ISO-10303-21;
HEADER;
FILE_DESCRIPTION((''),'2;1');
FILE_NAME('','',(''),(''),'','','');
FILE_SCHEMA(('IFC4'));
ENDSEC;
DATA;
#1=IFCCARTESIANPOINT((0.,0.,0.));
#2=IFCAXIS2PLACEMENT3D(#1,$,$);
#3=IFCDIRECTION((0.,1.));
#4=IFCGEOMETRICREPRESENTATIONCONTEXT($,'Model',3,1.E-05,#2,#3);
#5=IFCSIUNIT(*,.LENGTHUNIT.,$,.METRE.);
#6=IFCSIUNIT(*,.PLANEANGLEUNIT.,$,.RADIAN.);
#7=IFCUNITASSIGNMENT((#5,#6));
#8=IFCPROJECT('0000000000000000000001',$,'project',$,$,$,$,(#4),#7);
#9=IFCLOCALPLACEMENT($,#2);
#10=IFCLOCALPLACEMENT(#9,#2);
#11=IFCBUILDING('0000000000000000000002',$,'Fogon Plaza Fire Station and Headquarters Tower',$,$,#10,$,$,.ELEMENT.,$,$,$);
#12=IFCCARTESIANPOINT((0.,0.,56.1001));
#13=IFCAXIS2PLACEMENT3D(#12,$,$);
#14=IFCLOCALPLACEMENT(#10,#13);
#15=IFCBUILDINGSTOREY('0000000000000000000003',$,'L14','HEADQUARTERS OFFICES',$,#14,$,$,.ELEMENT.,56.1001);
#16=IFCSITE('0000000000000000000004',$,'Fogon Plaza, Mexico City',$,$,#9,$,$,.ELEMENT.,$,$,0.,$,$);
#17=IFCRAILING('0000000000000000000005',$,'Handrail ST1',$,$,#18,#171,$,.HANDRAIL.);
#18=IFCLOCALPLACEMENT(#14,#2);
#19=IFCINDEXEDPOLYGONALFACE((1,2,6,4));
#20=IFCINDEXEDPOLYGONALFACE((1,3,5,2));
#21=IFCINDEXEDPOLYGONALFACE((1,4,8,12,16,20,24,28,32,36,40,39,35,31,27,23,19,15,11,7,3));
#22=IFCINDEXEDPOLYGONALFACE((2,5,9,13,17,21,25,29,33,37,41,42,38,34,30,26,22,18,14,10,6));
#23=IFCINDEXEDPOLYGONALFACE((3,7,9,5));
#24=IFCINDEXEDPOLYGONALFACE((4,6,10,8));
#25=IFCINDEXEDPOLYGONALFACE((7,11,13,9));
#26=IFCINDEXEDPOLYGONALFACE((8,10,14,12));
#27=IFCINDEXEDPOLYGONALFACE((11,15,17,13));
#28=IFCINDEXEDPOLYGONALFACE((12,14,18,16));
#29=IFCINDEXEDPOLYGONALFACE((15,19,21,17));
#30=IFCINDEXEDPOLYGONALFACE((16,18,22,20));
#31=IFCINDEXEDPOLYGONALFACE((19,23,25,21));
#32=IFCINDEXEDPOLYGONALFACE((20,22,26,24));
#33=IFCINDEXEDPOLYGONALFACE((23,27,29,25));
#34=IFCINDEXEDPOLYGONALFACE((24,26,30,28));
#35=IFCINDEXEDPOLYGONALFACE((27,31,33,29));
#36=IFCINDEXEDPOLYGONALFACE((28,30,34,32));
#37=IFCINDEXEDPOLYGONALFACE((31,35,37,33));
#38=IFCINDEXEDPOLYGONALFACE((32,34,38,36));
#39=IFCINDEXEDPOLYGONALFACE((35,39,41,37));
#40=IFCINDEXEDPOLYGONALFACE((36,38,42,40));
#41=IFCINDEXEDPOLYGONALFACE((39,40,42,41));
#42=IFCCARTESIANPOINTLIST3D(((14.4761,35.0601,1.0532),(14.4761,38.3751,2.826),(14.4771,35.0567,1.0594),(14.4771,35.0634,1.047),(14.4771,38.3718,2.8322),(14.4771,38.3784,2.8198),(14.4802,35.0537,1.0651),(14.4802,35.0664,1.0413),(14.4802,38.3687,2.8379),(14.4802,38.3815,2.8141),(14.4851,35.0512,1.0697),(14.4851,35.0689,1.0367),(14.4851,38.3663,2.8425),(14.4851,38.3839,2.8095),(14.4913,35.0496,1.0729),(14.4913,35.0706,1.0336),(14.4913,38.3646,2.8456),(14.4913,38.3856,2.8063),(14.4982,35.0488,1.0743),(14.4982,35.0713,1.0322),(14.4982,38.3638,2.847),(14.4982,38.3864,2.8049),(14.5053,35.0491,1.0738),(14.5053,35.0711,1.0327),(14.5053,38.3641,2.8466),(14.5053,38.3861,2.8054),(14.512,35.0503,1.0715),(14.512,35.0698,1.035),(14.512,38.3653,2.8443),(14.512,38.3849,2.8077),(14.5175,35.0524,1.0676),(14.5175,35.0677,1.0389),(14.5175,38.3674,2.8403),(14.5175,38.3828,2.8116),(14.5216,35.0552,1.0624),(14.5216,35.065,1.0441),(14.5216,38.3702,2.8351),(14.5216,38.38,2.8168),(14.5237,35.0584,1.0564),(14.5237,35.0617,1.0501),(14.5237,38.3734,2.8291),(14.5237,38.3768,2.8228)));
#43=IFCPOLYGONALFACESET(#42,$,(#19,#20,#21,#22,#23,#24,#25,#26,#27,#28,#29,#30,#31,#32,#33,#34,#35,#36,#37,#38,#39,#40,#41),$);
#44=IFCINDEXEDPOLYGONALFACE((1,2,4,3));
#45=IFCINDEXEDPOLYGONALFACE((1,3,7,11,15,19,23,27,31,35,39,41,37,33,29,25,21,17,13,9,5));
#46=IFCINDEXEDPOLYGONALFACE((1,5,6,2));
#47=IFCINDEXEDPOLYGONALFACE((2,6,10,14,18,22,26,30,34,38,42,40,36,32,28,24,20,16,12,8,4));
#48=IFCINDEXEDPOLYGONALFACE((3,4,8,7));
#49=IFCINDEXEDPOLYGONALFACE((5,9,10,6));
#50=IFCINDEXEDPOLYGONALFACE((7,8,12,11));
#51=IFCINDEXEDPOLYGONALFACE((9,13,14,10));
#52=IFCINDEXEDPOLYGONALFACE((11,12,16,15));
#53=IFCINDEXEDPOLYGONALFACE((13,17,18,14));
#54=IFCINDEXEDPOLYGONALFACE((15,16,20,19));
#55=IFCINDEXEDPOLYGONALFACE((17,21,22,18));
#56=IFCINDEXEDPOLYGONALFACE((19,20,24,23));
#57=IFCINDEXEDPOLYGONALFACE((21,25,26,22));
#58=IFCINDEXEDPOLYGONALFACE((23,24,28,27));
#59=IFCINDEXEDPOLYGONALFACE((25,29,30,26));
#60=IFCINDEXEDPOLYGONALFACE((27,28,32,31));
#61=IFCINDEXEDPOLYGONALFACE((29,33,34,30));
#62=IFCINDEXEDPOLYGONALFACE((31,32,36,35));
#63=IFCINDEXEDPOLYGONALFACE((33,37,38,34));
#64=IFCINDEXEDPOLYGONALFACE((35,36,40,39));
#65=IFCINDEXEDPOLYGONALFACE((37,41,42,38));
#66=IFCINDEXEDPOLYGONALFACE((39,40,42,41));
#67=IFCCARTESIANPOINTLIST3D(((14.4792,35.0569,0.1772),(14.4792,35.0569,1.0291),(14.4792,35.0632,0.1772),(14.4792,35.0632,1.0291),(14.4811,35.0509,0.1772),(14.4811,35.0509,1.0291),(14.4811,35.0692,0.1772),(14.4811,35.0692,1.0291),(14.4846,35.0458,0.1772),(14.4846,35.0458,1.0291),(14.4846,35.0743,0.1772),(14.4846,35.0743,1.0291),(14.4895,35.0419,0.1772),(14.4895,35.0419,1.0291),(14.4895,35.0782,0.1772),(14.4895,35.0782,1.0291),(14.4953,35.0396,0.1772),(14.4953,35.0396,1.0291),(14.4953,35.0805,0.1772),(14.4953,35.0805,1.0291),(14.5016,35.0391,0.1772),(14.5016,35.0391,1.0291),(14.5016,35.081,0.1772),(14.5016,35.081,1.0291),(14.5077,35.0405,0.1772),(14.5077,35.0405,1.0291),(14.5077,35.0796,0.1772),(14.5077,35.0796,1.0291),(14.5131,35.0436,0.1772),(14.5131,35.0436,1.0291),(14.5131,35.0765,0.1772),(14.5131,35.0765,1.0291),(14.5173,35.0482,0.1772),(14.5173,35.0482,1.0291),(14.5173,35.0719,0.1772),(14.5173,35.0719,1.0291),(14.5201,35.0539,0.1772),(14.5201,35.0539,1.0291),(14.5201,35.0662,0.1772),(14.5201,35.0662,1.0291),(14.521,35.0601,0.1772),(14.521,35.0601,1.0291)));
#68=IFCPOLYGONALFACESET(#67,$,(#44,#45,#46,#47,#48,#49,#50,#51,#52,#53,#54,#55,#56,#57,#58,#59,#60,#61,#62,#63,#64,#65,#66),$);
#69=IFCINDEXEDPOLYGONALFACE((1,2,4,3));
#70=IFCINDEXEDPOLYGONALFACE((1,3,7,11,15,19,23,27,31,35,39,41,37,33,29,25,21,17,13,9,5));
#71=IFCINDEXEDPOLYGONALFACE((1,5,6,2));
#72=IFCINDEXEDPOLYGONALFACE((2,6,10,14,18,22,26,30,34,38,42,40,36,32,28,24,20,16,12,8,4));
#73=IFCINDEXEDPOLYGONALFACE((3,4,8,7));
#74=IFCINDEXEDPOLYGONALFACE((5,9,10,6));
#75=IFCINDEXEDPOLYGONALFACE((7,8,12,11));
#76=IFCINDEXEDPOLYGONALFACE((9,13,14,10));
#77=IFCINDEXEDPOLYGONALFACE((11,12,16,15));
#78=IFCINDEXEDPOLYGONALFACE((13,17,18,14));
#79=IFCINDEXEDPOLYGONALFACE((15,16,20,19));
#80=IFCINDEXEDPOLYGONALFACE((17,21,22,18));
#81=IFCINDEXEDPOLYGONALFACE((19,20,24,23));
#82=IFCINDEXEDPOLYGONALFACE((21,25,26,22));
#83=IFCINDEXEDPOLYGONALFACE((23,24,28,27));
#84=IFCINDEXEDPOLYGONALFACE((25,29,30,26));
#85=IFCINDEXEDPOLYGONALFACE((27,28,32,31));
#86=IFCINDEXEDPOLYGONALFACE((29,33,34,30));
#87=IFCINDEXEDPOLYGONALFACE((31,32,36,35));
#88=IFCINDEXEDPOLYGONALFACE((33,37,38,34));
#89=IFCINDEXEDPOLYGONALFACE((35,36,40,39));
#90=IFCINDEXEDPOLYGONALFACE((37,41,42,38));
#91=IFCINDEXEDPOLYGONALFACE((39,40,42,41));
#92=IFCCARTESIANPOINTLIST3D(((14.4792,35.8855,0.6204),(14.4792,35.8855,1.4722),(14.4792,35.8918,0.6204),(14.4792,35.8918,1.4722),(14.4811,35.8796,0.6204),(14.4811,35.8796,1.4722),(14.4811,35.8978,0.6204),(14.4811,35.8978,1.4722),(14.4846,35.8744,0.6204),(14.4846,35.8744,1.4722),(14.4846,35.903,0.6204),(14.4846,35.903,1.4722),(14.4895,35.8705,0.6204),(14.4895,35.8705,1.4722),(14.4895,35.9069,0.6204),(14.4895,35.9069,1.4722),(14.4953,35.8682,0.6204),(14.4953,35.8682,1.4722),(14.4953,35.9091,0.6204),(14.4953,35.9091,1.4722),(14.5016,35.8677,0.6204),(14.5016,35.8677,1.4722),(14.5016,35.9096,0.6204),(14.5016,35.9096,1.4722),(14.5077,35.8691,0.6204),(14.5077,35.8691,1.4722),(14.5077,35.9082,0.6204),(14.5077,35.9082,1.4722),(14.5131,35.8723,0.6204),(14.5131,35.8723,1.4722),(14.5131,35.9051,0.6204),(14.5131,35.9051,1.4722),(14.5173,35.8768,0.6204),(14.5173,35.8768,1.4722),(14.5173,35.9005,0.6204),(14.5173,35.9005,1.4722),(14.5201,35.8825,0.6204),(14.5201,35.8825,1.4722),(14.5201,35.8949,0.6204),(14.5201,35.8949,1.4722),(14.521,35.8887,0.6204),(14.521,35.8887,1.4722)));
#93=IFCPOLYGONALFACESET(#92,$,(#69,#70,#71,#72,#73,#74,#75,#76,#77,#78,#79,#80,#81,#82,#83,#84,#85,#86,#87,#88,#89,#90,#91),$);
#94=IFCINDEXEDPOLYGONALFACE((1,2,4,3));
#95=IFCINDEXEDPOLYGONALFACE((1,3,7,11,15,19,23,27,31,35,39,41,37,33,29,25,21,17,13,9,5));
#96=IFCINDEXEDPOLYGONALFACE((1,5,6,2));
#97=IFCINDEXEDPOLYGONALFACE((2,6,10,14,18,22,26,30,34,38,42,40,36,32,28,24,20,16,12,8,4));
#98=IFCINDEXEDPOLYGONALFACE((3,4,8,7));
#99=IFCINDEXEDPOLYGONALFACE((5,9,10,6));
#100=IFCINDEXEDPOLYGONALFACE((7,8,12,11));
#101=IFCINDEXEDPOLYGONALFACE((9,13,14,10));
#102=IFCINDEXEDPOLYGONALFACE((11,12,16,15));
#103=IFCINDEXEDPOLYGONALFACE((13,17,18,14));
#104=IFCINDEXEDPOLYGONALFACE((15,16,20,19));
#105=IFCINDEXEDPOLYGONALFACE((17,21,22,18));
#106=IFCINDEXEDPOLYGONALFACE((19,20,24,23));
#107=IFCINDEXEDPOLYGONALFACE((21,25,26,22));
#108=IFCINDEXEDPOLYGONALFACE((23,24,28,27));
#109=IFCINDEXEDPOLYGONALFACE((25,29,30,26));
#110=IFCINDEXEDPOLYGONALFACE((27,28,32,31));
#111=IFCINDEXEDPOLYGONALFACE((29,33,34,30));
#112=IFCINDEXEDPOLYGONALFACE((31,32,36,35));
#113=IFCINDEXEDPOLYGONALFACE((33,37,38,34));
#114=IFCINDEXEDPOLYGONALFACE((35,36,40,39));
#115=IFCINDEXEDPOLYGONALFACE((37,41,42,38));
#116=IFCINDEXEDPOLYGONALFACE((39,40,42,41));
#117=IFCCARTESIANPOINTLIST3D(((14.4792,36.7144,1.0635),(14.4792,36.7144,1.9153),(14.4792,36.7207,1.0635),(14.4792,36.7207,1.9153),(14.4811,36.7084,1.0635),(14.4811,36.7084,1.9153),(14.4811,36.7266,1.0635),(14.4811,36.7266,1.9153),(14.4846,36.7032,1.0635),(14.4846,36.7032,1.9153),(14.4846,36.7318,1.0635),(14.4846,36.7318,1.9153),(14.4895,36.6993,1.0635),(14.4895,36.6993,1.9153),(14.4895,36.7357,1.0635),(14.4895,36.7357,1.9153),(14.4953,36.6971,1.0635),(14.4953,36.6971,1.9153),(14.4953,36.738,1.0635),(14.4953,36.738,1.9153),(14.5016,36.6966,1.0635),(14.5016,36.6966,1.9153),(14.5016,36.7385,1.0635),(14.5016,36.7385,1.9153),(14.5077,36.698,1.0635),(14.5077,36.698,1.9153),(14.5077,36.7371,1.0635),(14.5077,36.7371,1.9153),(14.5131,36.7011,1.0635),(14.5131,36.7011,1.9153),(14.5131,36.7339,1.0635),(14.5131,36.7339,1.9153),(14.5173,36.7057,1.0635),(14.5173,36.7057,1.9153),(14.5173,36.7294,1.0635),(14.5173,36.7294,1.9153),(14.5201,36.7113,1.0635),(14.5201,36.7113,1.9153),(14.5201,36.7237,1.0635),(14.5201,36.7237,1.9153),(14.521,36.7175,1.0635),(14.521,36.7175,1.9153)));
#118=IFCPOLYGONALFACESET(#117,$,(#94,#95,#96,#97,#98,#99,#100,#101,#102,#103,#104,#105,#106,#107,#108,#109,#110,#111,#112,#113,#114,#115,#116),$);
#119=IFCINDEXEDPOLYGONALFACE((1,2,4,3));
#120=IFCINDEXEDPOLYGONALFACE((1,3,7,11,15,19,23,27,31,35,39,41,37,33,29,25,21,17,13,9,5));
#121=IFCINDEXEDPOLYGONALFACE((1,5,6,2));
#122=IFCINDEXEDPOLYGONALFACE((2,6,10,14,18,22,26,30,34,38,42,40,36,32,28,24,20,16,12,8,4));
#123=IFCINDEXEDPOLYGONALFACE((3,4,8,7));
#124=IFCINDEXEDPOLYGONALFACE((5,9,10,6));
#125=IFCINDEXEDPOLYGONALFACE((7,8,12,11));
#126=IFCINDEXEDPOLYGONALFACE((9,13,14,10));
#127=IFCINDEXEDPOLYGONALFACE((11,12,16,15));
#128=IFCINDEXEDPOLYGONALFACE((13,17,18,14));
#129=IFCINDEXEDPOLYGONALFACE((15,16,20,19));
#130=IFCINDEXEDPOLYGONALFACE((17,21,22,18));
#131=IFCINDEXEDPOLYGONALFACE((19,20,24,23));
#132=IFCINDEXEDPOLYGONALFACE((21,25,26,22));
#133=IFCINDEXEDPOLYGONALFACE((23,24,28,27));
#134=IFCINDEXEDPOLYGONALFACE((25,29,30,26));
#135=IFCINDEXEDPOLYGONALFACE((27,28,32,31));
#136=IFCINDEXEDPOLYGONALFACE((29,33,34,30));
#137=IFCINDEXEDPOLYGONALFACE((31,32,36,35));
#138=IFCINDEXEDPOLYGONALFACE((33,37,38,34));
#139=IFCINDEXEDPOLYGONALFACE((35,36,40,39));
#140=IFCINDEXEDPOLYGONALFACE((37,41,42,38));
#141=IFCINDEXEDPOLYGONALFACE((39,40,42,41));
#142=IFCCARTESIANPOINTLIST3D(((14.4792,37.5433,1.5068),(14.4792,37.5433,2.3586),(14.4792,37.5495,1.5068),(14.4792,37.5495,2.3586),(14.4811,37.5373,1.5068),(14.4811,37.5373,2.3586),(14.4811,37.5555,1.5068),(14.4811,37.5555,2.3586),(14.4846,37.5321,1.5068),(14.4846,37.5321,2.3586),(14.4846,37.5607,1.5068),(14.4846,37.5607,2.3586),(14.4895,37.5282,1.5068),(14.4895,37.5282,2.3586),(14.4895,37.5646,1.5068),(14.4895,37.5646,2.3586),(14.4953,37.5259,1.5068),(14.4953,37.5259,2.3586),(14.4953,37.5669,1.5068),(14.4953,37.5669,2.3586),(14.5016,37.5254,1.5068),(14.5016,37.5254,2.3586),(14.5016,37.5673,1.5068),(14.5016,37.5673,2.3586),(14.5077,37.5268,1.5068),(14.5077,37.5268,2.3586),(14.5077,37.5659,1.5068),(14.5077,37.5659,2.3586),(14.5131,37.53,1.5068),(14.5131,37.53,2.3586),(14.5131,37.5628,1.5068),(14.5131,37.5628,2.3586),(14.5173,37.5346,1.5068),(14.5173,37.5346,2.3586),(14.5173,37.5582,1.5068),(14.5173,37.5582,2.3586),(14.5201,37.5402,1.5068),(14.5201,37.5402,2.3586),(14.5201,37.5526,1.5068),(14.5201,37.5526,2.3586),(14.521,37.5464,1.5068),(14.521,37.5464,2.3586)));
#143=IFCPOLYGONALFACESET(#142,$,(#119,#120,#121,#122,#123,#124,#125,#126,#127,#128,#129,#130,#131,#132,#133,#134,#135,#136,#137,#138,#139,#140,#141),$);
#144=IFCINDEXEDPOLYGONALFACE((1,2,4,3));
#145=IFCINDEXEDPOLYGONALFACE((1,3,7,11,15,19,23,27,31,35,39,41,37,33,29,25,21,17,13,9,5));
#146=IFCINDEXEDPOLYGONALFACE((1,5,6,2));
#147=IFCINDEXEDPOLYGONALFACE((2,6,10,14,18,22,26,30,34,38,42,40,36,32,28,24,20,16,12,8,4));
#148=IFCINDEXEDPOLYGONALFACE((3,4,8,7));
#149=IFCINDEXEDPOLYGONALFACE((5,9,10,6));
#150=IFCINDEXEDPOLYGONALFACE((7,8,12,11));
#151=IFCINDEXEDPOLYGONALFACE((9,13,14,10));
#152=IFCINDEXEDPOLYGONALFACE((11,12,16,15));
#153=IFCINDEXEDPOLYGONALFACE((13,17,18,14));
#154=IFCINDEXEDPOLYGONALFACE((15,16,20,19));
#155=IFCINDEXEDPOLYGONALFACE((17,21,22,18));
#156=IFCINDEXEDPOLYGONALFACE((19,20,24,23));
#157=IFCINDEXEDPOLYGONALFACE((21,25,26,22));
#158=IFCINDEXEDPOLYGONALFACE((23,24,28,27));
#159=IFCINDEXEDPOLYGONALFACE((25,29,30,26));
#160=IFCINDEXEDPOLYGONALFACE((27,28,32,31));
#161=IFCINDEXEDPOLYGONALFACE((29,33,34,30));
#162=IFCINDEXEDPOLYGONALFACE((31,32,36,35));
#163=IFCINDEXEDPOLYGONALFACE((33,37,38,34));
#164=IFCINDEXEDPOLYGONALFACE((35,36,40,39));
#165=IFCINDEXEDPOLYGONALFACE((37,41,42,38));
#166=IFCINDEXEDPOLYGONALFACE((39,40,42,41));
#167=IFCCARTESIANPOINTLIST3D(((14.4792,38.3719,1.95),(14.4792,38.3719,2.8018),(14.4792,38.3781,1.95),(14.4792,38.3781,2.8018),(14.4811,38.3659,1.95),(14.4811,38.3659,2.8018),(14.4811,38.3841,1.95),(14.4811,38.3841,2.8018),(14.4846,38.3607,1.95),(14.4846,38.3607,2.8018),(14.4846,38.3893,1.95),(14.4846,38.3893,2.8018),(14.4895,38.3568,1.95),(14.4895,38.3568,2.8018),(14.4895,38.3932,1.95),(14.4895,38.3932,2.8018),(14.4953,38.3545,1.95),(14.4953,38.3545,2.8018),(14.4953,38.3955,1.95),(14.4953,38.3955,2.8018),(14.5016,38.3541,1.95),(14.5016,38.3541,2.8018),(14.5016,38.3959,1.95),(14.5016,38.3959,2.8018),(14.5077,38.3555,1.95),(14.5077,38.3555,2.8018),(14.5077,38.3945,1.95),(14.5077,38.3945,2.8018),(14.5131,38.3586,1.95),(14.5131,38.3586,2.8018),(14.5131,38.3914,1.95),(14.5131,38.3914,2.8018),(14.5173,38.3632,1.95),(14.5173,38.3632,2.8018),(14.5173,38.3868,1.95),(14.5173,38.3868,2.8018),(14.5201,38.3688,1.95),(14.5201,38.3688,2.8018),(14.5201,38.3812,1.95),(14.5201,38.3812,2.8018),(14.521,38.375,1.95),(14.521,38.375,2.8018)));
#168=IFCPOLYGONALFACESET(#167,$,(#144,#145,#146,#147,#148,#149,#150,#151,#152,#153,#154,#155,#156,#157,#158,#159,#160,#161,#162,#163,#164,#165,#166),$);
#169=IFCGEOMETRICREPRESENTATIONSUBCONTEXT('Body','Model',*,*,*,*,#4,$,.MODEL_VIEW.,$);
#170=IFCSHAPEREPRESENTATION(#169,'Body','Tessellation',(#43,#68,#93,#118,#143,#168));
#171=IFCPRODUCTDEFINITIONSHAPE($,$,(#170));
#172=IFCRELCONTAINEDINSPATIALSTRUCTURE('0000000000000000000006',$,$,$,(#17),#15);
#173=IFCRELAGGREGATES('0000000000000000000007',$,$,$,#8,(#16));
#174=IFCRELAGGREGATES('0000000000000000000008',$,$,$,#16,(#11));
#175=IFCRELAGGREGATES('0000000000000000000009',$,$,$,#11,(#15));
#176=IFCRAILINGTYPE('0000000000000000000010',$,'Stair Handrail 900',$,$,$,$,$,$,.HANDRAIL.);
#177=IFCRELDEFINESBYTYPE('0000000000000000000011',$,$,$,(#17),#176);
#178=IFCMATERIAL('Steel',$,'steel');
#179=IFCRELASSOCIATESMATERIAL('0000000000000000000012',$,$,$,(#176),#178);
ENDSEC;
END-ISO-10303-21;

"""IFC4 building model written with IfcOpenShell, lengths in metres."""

from ifc_helpers import new_model, si_unit, direction, frame, origin, origin_2d, place, context, subcontext, project, spatial, circle, extrude, material, type_object, element, save


model = new_model("IFC4")

# Units and contexts
model_context = context("Model", 3, precision=1e-05, world=origin(), true_north=direction((0.0, 1.0)))
body_context = subcontext(model_context, "Body", "Model", "MODEL_VIEW")
ifc_project = project(units=[si_unit("LENGTHUNIT", "METRE"), si_unit("PLANEANGLEUNIT", "RADIAN")], contexts=[model_context])

# Site, building, storey
site_placement = place(None, origin())
site = spatial("IfcSite", under=ifc_project, at=site_placement, Name="Fogon Plaza, Mexico City", CompositionType="ELEMENT", RefElevation=0.0)
building_placement = place(site_placement, origin())
building = spatial("IfcBuilding", under=site, at=building_placement, Name="Fogon Plaza Fire Station and Headquarters Tower", CompositionType="ELEMENT")
storey_placement = place(building_placement, frame((0.0, 0.0, 56.1001)))
storey = spatial("IfcBuildingStorey", under=building, at=storey_placement, Name="L14", Description="HEADQUARTERS OFFICES", CompositionType="ELEMENT", Elevation=56.1001)

# Railing
ifc_material_1 = material(Name="Steel", Category="steel")
railing_type = type_object("IfcRailingType", Name="Stair Handrail 900", PredefinedType="HANDRAIL", material=ifc_material_1)
for number, where, name in (
    (1, (14.5, 35.0601, 0.1772), "Handrail ST1"),
):
    element("IfcRailing", number, at=place(storey_placement, frame(where)), inside=storey, type_object=railing_type, Name=name, PredefinedType="HANDRAIL", context=body_context, shape_type="SweptSolid", body=[
        extrude(circle(Radius=0.0239, at=origin_2d()), frame((0.0, 0.0, 0.876), z_axis=(0.0, 0.881829, 0.471569), x_axis=(-1.0, 0.0, 0.0)), (0.0, 0.0, 1.0), 3.7593),
        extrude(circle(Radius=0.021, at=origin_2d()), origin(), (0.0, 0.0, 1.0), 0.8518),
        extrude(circle(Radius=0.021, at=origin_2d()), frame((0.0, 0.8286, 0.4431)), (0.0, 0.0, 1.0), 0.8518),
        extrude(circle(Radius=0.021, at=origin_2d()), frame((0.0, 1.6575, 0.8862)), (0.0, 0.0, 1.0), 0.8518),
        extrude(circle(Radius=0.021, at=origin_2d()), frame((0.0, 2.4863, 1.3296)), (0.0, 0.0, 1.0), 0.8518),
        extrude(circle(Radius=0.021, at=origin_2d()), frame((0.0, 3.3149, 1.7727)), (0.0, 0.0, 1.0), 0.8518),
    ])

save(model, "model.ifc")
